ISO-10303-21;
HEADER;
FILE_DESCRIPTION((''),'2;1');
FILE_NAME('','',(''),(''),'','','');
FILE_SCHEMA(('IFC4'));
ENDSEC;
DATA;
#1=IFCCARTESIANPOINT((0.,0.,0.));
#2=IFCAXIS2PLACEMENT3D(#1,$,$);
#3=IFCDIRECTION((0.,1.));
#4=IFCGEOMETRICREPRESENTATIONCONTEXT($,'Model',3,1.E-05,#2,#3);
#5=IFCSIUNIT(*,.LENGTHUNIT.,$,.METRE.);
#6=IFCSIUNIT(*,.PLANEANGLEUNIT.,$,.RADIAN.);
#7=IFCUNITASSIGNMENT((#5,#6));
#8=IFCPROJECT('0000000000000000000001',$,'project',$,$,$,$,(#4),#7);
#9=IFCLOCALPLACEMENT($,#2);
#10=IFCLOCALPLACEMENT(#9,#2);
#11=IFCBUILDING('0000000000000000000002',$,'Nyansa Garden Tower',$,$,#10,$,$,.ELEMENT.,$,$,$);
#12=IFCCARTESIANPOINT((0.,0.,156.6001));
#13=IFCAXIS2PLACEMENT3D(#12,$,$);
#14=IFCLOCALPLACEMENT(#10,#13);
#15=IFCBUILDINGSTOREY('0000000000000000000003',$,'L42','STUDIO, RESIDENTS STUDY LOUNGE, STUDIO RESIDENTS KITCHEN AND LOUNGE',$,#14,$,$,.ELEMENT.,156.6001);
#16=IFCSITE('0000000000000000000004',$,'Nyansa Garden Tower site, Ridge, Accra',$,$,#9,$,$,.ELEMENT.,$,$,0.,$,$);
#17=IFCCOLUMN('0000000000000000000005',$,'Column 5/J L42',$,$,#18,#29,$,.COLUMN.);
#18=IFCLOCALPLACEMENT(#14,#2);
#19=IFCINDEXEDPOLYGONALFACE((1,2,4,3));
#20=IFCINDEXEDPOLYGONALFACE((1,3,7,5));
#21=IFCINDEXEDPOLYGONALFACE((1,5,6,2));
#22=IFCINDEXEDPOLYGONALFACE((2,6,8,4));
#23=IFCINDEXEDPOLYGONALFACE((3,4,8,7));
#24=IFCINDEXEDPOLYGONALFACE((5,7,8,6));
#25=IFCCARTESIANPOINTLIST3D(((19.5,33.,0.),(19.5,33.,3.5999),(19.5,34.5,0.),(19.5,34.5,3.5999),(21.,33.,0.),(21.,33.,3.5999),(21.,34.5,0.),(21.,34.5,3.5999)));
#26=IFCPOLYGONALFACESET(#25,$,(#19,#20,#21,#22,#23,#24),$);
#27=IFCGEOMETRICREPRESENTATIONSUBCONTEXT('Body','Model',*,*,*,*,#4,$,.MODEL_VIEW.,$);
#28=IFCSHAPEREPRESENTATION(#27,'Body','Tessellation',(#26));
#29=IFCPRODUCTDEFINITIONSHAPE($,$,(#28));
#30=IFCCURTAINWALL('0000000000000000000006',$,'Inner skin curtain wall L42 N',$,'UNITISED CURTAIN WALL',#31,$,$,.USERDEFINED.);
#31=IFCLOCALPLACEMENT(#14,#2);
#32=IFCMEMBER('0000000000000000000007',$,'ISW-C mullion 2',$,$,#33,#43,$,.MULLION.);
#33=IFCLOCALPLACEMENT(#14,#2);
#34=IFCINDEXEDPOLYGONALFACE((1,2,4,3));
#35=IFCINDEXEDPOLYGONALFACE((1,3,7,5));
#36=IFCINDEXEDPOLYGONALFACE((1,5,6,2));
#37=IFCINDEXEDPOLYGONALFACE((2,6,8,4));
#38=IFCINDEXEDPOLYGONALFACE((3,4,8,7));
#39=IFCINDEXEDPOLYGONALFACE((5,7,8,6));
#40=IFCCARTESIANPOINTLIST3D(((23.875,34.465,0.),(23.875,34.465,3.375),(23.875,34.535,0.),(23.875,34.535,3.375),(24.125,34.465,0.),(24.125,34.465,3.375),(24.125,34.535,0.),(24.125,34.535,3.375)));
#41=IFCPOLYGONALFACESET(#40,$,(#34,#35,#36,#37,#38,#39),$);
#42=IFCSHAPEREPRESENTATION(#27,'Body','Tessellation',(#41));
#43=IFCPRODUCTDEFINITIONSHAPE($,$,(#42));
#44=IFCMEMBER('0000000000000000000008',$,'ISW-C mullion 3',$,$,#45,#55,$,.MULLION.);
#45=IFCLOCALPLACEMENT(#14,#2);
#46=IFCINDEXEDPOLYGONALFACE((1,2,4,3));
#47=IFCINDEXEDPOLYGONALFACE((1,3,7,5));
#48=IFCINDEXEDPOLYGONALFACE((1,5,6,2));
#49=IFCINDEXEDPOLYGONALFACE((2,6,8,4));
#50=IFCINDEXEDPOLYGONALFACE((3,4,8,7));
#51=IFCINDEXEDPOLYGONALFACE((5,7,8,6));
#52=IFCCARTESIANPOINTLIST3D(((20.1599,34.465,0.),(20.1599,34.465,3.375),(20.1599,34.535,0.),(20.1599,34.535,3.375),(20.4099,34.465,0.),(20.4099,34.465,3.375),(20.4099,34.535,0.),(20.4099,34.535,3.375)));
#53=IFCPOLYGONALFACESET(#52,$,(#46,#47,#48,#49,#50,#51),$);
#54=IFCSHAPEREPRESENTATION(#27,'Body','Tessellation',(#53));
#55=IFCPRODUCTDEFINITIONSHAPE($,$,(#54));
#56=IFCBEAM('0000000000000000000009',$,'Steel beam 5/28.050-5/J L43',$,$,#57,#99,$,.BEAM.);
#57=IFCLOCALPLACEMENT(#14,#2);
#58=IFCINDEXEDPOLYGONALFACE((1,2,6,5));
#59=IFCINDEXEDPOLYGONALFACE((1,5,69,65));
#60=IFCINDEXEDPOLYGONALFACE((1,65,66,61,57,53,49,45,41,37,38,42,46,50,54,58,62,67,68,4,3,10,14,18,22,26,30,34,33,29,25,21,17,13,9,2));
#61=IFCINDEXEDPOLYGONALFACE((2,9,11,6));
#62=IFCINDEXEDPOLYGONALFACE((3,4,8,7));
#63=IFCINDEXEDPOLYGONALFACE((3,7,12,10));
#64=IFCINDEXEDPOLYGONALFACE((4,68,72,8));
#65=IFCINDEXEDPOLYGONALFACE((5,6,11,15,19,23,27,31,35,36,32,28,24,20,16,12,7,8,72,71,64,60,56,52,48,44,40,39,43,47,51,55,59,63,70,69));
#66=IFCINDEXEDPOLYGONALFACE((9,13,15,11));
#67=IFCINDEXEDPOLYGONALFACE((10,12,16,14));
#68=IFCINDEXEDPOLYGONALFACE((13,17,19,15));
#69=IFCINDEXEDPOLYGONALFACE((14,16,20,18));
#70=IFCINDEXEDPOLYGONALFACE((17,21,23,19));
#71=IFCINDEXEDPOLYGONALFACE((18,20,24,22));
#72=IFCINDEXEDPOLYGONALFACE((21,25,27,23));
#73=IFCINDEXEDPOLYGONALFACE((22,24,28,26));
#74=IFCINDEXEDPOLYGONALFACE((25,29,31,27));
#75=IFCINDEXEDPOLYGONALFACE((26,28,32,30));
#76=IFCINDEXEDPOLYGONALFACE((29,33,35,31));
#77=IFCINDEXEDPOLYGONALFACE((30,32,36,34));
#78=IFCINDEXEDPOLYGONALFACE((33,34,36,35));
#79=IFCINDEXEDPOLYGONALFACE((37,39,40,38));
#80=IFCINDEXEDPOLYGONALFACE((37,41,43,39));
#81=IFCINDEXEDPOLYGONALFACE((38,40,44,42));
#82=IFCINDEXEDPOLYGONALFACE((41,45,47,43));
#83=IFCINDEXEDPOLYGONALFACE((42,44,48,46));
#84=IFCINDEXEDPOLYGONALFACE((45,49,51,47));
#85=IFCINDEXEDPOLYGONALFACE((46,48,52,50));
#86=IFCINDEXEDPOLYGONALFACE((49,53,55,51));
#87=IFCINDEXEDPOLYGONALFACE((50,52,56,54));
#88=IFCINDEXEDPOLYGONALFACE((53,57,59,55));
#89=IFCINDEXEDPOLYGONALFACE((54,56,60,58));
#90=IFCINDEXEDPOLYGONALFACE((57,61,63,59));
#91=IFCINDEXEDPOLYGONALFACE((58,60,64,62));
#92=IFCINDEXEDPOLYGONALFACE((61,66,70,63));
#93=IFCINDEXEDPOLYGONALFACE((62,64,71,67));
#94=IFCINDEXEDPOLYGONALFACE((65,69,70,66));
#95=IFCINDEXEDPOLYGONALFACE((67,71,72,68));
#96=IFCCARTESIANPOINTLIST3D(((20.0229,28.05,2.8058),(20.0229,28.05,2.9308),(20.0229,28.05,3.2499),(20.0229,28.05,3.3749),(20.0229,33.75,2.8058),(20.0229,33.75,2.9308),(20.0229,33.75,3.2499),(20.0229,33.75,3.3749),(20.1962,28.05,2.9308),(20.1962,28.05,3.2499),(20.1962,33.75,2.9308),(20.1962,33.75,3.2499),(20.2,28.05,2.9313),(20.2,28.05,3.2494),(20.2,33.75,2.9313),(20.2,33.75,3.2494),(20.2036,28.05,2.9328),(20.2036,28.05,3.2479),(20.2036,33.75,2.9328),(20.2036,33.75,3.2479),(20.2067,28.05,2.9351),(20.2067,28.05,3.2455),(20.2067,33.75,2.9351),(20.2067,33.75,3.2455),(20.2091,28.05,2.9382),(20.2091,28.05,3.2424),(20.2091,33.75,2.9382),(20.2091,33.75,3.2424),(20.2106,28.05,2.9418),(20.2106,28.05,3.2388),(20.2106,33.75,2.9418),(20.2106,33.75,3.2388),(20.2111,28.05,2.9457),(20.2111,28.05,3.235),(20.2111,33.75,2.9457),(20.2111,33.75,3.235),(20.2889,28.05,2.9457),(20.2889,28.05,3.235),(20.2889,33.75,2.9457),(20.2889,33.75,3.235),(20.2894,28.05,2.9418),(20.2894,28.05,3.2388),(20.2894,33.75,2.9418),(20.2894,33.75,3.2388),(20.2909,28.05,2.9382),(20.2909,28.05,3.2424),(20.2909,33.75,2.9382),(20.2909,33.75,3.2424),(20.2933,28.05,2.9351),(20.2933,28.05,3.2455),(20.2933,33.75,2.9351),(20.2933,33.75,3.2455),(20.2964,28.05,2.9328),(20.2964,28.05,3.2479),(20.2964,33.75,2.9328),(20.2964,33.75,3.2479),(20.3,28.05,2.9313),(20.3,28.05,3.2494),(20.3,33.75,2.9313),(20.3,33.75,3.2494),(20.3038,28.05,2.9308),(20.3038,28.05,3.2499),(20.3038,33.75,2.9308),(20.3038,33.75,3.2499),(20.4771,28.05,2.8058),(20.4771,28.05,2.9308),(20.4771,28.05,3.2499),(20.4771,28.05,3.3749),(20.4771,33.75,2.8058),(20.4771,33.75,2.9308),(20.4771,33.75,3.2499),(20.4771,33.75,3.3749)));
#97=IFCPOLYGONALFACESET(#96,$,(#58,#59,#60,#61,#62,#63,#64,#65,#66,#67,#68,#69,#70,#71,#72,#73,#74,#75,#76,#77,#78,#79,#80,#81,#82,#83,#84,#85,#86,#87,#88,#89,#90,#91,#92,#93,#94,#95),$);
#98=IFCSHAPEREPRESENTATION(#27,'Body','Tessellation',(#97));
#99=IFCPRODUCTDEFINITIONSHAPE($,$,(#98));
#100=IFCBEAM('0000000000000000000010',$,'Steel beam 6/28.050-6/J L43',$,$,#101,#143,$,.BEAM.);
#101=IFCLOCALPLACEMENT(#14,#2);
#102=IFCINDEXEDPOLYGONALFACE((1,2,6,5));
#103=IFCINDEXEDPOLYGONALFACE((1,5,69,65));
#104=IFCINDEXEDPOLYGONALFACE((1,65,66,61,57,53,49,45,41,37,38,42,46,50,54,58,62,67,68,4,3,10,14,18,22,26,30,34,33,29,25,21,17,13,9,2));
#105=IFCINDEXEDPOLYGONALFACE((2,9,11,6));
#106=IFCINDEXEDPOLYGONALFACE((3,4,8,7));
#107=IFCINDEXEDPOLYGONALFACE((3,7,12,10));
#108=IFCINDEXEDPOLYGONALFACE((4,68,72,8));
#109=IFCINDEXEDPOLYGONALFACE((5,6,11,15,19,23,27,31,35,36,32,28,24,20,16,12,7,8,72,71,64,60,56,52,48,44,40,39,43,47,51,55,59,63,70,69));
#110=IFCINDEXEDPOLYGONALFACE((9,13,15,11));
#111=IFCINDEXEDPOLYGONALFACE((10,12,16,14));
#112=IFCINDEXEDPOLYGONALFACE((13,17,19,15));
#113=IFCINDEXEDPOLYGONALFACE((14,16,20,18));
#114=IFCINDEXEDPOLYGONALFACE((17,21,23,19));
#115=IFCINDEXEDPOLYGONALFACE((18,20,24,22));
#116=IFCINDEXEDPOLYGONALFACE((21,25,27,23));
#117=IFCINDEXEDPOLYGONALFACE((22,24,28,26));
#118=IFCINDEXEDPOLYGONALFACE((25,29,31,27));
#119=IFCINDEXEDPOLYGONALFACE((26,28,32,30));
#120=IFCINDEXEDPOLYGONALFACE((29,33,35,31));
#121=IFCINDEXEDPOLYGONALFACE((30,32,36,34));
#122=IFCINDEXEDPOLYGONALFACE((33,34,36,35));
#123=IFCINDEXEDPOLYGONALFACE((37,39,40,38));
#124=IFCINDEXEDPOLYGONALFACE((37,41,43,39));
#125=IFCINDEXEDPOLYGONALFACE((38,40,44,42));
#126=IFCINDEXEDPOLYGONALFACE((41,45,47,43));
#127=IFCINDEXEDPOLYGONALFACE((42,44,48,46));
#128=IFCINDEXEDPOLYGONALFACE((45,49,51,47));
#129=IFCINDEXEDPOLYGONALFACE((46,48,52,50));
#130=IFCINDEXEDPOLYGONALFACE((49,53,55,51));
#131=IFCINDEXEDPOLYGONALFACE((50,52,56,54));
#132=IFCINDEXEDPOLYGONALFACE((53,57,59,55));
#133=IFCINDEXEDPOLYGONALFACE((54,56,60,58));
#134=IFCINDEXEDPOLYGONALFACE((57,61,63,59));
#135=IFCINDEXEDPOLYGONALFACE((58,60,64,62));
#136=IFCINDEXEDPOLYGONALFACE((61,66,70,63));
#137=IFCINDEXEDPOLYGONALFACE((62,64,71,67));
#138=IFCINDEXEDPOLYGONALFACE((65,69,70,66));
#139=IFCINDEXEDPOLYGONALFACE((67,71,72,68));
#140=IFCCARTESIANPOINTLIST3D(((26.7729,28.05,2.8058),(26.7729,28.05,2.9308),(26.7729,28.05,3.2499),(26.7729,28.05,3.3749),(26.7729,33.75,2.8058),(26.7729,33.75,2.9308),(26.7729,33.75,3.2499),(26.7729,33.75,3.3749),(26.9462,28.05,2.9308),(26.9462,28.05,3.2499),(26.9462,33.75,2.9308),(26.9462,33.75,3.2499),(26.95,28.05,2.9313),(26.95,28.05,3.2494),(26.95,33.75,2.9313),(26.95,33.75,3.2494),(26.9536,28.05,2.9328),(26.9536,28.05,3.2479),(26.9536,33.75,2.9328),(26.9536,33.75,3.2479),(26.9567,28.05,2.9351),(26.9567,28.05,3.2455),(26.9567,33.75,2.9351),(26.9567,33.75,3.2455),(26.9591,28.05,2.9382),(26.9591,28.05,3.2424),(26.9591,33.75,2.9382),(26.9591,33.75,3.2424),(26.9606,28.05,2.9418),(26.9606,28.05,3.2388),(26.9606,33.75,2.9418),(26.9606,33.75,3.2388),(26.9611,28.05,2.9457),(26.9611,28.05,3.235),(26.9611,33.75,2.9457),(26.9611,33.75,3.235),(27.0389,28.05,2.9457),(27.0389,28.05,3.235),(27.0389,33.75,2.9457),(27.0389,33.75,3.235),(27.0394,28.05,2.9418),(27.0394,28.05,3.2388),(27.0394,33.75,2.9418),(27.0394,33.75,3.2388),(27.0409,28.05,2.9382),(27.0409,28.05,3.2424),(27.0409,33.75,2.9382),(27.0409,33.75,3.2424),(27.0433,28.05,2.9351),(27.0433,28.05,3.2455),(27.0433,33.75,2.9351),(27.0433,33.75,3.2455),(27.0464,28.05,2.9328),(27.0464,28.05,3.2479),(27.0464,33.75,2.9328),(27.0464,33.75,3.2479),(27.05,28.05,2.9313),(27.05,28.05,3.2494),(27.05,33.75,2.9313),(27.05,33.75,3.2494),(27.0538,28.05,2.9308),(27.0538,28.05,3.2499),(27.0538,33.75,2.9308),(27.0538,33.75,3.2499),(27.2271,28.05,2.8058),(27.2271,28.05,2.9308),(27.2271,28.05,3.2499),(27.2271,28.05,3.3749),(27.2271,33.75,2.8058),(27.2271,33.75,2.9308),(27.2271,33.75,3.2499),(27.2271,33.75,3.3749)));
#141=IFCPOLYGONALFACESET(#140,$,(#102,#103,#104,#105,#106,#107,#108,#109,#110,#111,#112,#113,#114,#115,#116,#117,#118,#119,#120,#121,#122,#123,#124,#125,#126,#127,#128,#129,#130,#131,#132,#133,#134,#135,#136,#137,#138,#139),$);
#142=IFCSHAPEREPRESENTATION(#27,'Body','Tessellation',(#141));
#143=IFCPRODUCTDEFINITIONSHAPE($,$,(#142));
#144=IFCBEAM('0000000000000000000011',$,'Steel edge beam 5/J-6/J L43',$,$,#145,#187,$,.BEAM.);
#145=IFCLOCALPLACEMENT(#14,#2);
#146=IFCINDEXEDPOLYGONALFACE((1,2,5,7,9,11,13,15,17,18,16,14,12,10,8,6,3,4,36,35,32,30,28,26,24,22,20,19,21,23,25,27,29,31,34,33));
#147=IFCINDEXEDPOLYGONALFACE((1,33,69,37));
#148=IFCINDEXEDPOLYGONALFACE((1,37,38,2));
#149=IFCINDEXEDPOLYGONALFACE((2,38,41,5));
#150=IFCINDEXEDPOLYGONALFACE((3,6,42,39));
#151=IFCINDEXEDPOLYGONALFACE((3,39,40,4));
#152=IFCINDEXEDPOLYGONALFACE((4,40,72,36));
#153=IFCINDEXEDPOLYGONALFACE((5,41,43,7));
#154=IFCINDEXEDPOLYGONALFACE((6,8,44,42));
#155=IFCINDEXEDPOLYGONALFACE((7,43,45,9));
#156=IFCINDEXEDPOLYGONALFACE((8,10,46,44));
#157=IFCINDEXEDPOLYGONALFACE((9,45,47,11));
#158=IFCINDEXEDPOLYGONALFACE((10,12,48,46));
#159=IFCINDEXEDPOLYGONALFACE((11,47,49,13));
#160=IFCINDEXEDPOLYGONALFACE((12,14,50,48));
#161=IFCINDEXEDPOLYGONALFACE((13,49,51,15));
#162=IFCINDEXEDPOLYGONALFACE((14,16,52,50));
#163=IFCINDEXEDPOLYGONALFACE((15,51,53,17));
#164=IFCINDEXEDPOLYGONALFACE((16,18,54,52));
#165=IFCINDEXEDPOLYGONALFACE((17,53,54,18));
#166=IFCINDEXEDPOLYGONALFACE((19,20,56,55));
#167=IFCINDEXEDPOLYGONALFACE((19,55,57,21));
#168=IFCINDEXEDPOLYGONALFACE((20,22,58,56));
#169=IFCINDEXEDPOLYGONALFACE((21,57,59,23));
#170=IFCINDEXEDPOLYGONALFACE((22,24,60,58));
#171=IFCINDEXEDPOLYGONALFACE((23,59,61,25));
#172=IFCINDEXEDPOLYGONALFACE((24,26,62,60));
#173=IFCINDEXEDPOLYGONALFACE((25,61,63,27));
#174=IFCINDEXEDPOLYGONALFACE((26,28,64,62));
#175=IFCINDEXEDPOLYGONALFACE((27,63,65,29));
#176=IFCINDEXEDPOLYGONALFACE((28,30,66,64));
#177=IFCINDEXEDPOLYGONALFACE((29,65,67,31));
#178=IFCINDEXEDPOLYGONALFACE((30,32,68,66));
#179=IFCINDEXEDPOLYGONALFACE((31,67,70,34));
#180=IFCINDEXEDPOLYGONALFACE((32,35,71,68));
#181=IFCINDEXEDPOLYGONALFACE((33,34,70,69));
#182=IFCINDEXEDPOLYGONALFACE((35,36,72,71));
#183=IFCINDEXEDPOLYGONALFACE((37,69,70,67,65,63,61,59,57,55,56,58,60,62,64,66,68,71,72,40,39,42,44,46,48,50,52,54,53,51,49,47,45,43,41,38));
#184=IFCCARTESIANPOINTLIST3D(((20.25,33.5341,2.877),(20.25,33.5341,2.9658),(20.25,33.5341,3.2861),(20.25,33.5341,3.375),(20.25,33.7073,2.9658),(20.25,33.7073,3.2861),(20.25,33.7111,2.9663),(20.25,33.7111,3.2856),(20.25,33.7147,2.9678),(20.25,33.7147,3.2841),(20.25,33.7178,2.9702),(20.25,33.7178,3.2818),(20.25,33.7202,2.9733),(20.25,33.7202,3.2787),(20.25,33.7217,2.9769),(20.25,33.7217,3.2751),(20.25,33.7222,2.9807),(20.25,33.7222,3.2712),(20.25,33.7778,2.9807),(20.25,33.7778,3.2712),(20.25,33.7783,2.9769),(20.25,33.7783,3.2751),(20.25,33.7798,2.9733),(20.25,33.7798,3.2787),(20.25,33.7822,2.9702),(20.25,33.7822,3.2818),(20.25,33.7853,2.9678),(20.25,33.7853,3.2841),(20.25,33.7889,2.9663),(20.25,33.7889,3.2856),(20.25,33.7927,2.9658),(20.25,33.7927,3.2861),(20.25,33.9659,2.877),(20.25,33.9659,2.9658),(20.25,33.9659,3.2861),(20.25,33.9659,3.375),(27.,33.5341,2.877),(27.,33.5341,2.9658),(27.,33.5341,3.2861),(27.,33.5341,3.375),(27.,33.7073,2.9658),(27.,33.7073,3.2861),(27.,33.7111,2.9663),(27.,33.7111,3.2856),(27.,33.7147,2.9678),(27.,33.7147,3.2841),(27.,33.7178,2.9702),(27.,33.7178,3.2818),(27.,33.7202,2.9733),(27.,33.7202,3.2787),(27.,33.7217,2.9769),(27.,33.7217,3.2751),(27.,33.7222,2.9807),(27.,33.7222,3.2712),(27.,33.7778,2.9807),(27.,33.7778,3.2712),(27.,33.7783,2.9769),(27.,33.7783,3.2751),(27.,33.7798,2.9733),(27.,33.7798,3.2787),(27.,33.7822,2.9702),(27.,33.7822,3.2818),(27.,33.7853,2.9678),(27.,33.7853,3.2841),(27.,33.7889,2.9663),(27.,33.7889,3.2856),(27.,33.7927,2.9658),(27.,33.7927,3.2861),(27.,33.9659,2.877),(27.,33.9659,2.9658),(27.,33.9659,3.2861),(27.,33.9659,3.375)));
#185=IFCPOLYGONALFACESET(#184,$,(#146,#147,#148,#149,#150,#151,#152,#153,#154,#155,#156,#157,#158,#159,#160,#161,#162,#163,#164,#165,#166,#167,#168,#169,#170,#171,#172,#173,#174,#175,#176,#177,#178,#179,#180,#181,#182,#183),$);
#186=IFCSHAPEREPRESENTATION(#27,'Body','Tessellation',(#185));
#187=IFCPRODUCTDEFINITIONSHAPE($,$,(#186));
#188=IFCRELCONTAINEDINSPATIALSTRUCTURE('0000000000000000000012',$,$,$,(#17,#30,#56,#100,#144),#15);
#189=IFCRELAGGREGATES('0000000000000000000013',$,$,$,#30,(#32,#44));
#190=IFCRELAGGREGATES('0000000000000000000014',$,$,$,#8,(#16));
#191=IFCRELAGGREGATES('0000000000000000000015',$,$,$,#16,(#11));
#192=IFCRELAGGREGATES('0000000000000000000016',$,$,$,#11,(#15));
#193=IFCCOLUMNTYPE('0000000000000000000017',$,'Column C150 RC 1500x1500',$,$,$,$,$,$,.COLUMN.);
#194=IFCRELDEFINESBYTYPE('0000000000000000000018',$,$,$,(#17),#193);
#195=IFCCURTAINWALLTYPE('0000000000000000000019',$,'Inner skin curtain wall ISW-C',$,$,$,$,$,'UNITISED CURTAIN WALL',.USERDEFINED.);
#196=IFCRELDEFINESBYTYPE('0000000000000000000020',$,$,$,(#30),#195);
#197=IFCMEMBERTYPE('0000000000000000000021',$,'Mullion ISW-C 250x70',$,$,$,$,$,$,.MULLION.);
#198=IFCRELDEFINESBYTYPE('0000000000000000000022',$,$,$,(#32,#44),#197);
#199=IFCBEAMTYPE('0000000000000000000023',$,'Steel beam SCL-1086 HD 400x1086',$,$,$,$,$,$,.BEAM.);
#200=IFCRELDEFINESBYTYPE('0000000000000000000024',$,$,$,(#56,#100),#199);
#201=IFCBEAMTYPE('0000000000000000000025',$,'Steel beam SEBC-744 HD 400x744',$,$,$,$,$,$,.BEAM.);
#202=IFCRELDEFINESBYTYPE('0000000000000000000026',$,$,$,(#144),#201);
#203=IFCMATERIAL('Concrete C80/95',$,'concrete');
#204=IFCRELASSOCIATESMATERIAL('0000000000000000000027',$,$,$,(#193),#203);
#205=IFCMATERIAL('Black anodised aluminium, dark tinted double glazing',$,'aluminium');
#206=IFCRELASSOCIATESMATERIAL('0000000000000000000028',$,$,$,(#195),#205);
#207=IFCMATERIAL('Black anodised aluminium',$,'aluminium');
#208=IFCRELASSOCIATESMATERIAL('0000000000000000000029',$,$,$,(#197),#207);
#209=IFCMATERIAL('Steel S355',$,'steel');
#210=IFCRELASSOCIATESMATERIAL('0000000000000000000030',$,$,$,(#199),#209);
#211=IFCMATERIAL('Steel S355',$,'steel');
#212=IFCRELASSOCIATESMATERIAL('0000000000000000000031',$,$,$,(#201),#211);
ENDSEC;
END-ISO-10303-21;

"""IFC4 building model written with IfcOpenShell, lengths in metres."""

from ifc_helpers import new_model, si_unit, direction, frame, origin, origin_2d, place, context, subcontext, project, spatial, rectangle, i_section, extrude, material, material_profile, profile_set, type_object, element, aggregate, save


model = new_model("IFC4")

# Units and contexts
model_context = context("Model", 3, precision=1e-05, world=origin(), true_north=direction((0.0, 1.0)))
body_context = subcontext(model_context, "Body", "Model", "MODEL_VIEW")
ifc_project = project(units=[si_unit("LENGTHUNIT", "METRE"), si_unit("PLANEANGLEUNIT", "RADIAN")], contexts=[model_context])

# Site, building, storey
site_placement = place(None, origin())
site = spatial("IfcSite", under=ifc_project, at=site_placement, Name="Nyansa Garden Tower site, Ridge, Accra", CompositionType="ELEMENT", RefElevation=0.0)
building_placement = place(site_placement, origin())
building = spatial("IfcBuilding", under=site, at=building_placement, Name="Nyansa Garden Tower", CompositionType="ELEMENT")
storey_placement = place(building_placement, frame((0.0, 0.0, 156.6001)))
storey = spatial("IfcBuildingStorey", under=building, at=storey_placement, Name="L42", Description="STUDIO, RESIDENTS STUDY LOUNGE, STUDIO RESIDENTS KITCHEN AND LOUNGE", CompositionType="ELEMENT", Elevation=156.6001)

# Column
ifc_material_1 = material(Name="Concrete C80/95", Category="concrete")
ifc_material_profile_1 = material_profile(ifc_material_1, rectangle(XDim=1.5, YDim=1.5, at=origin_2d()), Name="RC 1500x1500")
ifc_profile_set_1 = profile_set([ifc_material_profile_1], Name="Concrete C80/95")
column_type = type_object("IfcColumnType", Name="Column C150 RC 1500x1500", PredefinedType="COLUMN", material=ifc_profile_set_1)
column_placement = place(storey_placement, frame((20.25, 33.75, 0.0), z_axis=(0.0, 0.0, 1.0), x_axis=(1.0, 0.0, 0.0)))
element("IfcColumn", 1, at=column_placement, inside=storey, type_object=column_type, Name="Column 5/J L42", PredefinedType="COLUMN", context=body_context, shape_type="SweptSolid", body=[
    extrude(rectangle(XDim=1.5, YDim=1.5, at=origin_2d()), origin(), (0.0, 0.0, 1.0), 3.5999),
])

# Curtain wall, members
ifc_material_2 = material(Name="Black anodised aluminium, dark tinted double glazing", Category="aluminium")
curtain_wall_type = type_object("IfcCurtainWallType", Name="Inner skin curtain wall ISW-C", ElementType="UNITISED CURTAIN WALL", PredefinedType="USERDEFINED", material=ifc_material_2)
curtain_wall_placement = place(storey_placement, origin())
curtain_wall = element("IfcCurtainWall", 2, at=curtain_wall_placement, inside=storey, type_object=curtain_wall_type, Name="Inner skin curtain wall L42 N", ObjectType="UNITISED CURTAIN WALL", PredefinedType="USERDEFINED")
ifc_material_3 = material(Name="Black anodised aluminium", Category="aluminium")
ifc_material_profile_2 = material_profile(ifc_material_3, rectangle(XDim=0.0701, YDim=0.25, at=origin_2d()), Name="Mullion 250x70")
ifc_profile_set_2 = profile_set([ifc_material_profile_2], Name="Black anodised aluminium")
member_type_1 = type_object("IfcMemberType", Name="Mullion ISW-C 250x70", PredefinedType="MULLION", material=ifc_profile_set_2)
member_1_placement = place(storey_placement, frame((24.0, 34.5, 0.0), z_axis=(0.0, 0.0, 1.0), x_axis=(0.0, -1.0, 0.0)))
member_1 = element("IfcMember", 3, at=member_1_placement, type_object=member_type_1, Name="ISW-C mullion 2", PredefinedType="MULLION", context=body_context, shape_type="SweptSolid", body=[
    extrude(rectangle(XDim=0.0701, YDim=0.25, at=origin_2d()), origin(), (0.0, 0.0, 1.0), 3.375),
])
member_2_placement = place(storey_placement, frame((20.2849, 34.5, 0.0), z_axis=(0.0, 0.0, 1.0), x_axis=(0.0, -1.0, 0.0)))
member_2 = element("IfcMember", 4, at=member_2_placement, type_object=member_type_1, Name="ISW-C mullion 3", PredefinedType="MULLION", context=body_context, shape_type="SweptSolid", body=[
    extrude(rectangle(XDim=0.0701, YDim=0.25, at=origin_2d()), origin(), (0.0, 0.0, 1.0), 3.375),
])

# Beams
ifc_material_4 = material(Name="Steel S355", Category="steel")
ifc_material_profile_3 = material_profile(ifc_material_4, i_section(OverallWidth=0.4541, OverallDepth=0.5691, WebThickness=0.0779, FlangeThickness=0.125, FilletRadius=0.0149, at=origin_2d()), Name="HD 400x1086")
ifc_profile_set_3 = profile_set([ifc_material_profile_3], Name="Steel S355")
beam_type_1 = type_object("IfcBeamType", Name="Steel beam SCL-1086 HD 400x1086", PredefinedType="BEAM", material=ifc_profile_set_3)
for number, where, z_axis, x_axis, name in (
    (5, (20.25, 28.05, 3.0903), (0.0, 1.0, 0.0), (-1.0, 0.0, 0.0), "Steel beam 5/28.050-5/J L43"),
    (6, (27.0, 28.05, 3.0903), (0.0, 1.0, 0.0), (-1.0, 0.0, 0.0), "Steel beam 6/28.050-6/J L43"),
):
    element("IfcBeam", number, at=place(storey_placement, frame(where, z_axis=z_axis, x_axis=x_axis)), inside=storey, type_object=beam_type_1, Name=name, PredefinedType="BEAM", context=body_context, shape_type="SweptSolid", body=[
        extrude(i_section(OverallWidth=0.4541, OverallDepth=0.5691, WebThickness=0.0779, FlangeThickness=0.125, FilletRadius=0.0149, at=origin_2d()), origin(), (0.0, 0.0, 1.0), 5.7),
    ])
ifc_material_5 = material(Name="Steel S355", Category="steel")
ifc_material_profile_4 = material_profile(ifc_material_5, i_section(OverallWidth=0.4319, OverallDepth=0.498, WebThickness=0.0557, FlangeThickness=0.0889, FilletRadius=0.0149, at=origin_2d()), Name="HD 400x744")
ifc_profile_set_4 = profile_set([ifc_material_profile_4], Name="Steel S355")
beam_type_2 = type_object("IfcBeamType", Name="Steel beam SEBC-744 HD 400x744", PredefinedType="BEAM", material=ifc_profile_set_4)
beam_placement = place(storey_placement, frame((20.25, 33.75, 3.126), z_axis=(1.0, 0.0, 0.0), x_axis=(0.0, 1.0, 0.0)))
element("IfcBeam", 7, at=beam_placement, inside=storey, type_object=beam_type_2, Name="Steel edge beam 5/J-6/J L43", PredefinedType="BEAM", context=body_context, shape_type="SweptSolid", body=[
    extrude(i_section(OverallWidth=0.4319, OverallDepth=0.498, WebThickness=0.0557, FlangeThickness=0.0889, FilletRadius=0.0149, at=origin_2d()), origin(), (0.0, 0.0, 1.0), 6.75),
])

aggregate(curtain_wall, [member_1, member_2])

save(model, "model.ifc")
